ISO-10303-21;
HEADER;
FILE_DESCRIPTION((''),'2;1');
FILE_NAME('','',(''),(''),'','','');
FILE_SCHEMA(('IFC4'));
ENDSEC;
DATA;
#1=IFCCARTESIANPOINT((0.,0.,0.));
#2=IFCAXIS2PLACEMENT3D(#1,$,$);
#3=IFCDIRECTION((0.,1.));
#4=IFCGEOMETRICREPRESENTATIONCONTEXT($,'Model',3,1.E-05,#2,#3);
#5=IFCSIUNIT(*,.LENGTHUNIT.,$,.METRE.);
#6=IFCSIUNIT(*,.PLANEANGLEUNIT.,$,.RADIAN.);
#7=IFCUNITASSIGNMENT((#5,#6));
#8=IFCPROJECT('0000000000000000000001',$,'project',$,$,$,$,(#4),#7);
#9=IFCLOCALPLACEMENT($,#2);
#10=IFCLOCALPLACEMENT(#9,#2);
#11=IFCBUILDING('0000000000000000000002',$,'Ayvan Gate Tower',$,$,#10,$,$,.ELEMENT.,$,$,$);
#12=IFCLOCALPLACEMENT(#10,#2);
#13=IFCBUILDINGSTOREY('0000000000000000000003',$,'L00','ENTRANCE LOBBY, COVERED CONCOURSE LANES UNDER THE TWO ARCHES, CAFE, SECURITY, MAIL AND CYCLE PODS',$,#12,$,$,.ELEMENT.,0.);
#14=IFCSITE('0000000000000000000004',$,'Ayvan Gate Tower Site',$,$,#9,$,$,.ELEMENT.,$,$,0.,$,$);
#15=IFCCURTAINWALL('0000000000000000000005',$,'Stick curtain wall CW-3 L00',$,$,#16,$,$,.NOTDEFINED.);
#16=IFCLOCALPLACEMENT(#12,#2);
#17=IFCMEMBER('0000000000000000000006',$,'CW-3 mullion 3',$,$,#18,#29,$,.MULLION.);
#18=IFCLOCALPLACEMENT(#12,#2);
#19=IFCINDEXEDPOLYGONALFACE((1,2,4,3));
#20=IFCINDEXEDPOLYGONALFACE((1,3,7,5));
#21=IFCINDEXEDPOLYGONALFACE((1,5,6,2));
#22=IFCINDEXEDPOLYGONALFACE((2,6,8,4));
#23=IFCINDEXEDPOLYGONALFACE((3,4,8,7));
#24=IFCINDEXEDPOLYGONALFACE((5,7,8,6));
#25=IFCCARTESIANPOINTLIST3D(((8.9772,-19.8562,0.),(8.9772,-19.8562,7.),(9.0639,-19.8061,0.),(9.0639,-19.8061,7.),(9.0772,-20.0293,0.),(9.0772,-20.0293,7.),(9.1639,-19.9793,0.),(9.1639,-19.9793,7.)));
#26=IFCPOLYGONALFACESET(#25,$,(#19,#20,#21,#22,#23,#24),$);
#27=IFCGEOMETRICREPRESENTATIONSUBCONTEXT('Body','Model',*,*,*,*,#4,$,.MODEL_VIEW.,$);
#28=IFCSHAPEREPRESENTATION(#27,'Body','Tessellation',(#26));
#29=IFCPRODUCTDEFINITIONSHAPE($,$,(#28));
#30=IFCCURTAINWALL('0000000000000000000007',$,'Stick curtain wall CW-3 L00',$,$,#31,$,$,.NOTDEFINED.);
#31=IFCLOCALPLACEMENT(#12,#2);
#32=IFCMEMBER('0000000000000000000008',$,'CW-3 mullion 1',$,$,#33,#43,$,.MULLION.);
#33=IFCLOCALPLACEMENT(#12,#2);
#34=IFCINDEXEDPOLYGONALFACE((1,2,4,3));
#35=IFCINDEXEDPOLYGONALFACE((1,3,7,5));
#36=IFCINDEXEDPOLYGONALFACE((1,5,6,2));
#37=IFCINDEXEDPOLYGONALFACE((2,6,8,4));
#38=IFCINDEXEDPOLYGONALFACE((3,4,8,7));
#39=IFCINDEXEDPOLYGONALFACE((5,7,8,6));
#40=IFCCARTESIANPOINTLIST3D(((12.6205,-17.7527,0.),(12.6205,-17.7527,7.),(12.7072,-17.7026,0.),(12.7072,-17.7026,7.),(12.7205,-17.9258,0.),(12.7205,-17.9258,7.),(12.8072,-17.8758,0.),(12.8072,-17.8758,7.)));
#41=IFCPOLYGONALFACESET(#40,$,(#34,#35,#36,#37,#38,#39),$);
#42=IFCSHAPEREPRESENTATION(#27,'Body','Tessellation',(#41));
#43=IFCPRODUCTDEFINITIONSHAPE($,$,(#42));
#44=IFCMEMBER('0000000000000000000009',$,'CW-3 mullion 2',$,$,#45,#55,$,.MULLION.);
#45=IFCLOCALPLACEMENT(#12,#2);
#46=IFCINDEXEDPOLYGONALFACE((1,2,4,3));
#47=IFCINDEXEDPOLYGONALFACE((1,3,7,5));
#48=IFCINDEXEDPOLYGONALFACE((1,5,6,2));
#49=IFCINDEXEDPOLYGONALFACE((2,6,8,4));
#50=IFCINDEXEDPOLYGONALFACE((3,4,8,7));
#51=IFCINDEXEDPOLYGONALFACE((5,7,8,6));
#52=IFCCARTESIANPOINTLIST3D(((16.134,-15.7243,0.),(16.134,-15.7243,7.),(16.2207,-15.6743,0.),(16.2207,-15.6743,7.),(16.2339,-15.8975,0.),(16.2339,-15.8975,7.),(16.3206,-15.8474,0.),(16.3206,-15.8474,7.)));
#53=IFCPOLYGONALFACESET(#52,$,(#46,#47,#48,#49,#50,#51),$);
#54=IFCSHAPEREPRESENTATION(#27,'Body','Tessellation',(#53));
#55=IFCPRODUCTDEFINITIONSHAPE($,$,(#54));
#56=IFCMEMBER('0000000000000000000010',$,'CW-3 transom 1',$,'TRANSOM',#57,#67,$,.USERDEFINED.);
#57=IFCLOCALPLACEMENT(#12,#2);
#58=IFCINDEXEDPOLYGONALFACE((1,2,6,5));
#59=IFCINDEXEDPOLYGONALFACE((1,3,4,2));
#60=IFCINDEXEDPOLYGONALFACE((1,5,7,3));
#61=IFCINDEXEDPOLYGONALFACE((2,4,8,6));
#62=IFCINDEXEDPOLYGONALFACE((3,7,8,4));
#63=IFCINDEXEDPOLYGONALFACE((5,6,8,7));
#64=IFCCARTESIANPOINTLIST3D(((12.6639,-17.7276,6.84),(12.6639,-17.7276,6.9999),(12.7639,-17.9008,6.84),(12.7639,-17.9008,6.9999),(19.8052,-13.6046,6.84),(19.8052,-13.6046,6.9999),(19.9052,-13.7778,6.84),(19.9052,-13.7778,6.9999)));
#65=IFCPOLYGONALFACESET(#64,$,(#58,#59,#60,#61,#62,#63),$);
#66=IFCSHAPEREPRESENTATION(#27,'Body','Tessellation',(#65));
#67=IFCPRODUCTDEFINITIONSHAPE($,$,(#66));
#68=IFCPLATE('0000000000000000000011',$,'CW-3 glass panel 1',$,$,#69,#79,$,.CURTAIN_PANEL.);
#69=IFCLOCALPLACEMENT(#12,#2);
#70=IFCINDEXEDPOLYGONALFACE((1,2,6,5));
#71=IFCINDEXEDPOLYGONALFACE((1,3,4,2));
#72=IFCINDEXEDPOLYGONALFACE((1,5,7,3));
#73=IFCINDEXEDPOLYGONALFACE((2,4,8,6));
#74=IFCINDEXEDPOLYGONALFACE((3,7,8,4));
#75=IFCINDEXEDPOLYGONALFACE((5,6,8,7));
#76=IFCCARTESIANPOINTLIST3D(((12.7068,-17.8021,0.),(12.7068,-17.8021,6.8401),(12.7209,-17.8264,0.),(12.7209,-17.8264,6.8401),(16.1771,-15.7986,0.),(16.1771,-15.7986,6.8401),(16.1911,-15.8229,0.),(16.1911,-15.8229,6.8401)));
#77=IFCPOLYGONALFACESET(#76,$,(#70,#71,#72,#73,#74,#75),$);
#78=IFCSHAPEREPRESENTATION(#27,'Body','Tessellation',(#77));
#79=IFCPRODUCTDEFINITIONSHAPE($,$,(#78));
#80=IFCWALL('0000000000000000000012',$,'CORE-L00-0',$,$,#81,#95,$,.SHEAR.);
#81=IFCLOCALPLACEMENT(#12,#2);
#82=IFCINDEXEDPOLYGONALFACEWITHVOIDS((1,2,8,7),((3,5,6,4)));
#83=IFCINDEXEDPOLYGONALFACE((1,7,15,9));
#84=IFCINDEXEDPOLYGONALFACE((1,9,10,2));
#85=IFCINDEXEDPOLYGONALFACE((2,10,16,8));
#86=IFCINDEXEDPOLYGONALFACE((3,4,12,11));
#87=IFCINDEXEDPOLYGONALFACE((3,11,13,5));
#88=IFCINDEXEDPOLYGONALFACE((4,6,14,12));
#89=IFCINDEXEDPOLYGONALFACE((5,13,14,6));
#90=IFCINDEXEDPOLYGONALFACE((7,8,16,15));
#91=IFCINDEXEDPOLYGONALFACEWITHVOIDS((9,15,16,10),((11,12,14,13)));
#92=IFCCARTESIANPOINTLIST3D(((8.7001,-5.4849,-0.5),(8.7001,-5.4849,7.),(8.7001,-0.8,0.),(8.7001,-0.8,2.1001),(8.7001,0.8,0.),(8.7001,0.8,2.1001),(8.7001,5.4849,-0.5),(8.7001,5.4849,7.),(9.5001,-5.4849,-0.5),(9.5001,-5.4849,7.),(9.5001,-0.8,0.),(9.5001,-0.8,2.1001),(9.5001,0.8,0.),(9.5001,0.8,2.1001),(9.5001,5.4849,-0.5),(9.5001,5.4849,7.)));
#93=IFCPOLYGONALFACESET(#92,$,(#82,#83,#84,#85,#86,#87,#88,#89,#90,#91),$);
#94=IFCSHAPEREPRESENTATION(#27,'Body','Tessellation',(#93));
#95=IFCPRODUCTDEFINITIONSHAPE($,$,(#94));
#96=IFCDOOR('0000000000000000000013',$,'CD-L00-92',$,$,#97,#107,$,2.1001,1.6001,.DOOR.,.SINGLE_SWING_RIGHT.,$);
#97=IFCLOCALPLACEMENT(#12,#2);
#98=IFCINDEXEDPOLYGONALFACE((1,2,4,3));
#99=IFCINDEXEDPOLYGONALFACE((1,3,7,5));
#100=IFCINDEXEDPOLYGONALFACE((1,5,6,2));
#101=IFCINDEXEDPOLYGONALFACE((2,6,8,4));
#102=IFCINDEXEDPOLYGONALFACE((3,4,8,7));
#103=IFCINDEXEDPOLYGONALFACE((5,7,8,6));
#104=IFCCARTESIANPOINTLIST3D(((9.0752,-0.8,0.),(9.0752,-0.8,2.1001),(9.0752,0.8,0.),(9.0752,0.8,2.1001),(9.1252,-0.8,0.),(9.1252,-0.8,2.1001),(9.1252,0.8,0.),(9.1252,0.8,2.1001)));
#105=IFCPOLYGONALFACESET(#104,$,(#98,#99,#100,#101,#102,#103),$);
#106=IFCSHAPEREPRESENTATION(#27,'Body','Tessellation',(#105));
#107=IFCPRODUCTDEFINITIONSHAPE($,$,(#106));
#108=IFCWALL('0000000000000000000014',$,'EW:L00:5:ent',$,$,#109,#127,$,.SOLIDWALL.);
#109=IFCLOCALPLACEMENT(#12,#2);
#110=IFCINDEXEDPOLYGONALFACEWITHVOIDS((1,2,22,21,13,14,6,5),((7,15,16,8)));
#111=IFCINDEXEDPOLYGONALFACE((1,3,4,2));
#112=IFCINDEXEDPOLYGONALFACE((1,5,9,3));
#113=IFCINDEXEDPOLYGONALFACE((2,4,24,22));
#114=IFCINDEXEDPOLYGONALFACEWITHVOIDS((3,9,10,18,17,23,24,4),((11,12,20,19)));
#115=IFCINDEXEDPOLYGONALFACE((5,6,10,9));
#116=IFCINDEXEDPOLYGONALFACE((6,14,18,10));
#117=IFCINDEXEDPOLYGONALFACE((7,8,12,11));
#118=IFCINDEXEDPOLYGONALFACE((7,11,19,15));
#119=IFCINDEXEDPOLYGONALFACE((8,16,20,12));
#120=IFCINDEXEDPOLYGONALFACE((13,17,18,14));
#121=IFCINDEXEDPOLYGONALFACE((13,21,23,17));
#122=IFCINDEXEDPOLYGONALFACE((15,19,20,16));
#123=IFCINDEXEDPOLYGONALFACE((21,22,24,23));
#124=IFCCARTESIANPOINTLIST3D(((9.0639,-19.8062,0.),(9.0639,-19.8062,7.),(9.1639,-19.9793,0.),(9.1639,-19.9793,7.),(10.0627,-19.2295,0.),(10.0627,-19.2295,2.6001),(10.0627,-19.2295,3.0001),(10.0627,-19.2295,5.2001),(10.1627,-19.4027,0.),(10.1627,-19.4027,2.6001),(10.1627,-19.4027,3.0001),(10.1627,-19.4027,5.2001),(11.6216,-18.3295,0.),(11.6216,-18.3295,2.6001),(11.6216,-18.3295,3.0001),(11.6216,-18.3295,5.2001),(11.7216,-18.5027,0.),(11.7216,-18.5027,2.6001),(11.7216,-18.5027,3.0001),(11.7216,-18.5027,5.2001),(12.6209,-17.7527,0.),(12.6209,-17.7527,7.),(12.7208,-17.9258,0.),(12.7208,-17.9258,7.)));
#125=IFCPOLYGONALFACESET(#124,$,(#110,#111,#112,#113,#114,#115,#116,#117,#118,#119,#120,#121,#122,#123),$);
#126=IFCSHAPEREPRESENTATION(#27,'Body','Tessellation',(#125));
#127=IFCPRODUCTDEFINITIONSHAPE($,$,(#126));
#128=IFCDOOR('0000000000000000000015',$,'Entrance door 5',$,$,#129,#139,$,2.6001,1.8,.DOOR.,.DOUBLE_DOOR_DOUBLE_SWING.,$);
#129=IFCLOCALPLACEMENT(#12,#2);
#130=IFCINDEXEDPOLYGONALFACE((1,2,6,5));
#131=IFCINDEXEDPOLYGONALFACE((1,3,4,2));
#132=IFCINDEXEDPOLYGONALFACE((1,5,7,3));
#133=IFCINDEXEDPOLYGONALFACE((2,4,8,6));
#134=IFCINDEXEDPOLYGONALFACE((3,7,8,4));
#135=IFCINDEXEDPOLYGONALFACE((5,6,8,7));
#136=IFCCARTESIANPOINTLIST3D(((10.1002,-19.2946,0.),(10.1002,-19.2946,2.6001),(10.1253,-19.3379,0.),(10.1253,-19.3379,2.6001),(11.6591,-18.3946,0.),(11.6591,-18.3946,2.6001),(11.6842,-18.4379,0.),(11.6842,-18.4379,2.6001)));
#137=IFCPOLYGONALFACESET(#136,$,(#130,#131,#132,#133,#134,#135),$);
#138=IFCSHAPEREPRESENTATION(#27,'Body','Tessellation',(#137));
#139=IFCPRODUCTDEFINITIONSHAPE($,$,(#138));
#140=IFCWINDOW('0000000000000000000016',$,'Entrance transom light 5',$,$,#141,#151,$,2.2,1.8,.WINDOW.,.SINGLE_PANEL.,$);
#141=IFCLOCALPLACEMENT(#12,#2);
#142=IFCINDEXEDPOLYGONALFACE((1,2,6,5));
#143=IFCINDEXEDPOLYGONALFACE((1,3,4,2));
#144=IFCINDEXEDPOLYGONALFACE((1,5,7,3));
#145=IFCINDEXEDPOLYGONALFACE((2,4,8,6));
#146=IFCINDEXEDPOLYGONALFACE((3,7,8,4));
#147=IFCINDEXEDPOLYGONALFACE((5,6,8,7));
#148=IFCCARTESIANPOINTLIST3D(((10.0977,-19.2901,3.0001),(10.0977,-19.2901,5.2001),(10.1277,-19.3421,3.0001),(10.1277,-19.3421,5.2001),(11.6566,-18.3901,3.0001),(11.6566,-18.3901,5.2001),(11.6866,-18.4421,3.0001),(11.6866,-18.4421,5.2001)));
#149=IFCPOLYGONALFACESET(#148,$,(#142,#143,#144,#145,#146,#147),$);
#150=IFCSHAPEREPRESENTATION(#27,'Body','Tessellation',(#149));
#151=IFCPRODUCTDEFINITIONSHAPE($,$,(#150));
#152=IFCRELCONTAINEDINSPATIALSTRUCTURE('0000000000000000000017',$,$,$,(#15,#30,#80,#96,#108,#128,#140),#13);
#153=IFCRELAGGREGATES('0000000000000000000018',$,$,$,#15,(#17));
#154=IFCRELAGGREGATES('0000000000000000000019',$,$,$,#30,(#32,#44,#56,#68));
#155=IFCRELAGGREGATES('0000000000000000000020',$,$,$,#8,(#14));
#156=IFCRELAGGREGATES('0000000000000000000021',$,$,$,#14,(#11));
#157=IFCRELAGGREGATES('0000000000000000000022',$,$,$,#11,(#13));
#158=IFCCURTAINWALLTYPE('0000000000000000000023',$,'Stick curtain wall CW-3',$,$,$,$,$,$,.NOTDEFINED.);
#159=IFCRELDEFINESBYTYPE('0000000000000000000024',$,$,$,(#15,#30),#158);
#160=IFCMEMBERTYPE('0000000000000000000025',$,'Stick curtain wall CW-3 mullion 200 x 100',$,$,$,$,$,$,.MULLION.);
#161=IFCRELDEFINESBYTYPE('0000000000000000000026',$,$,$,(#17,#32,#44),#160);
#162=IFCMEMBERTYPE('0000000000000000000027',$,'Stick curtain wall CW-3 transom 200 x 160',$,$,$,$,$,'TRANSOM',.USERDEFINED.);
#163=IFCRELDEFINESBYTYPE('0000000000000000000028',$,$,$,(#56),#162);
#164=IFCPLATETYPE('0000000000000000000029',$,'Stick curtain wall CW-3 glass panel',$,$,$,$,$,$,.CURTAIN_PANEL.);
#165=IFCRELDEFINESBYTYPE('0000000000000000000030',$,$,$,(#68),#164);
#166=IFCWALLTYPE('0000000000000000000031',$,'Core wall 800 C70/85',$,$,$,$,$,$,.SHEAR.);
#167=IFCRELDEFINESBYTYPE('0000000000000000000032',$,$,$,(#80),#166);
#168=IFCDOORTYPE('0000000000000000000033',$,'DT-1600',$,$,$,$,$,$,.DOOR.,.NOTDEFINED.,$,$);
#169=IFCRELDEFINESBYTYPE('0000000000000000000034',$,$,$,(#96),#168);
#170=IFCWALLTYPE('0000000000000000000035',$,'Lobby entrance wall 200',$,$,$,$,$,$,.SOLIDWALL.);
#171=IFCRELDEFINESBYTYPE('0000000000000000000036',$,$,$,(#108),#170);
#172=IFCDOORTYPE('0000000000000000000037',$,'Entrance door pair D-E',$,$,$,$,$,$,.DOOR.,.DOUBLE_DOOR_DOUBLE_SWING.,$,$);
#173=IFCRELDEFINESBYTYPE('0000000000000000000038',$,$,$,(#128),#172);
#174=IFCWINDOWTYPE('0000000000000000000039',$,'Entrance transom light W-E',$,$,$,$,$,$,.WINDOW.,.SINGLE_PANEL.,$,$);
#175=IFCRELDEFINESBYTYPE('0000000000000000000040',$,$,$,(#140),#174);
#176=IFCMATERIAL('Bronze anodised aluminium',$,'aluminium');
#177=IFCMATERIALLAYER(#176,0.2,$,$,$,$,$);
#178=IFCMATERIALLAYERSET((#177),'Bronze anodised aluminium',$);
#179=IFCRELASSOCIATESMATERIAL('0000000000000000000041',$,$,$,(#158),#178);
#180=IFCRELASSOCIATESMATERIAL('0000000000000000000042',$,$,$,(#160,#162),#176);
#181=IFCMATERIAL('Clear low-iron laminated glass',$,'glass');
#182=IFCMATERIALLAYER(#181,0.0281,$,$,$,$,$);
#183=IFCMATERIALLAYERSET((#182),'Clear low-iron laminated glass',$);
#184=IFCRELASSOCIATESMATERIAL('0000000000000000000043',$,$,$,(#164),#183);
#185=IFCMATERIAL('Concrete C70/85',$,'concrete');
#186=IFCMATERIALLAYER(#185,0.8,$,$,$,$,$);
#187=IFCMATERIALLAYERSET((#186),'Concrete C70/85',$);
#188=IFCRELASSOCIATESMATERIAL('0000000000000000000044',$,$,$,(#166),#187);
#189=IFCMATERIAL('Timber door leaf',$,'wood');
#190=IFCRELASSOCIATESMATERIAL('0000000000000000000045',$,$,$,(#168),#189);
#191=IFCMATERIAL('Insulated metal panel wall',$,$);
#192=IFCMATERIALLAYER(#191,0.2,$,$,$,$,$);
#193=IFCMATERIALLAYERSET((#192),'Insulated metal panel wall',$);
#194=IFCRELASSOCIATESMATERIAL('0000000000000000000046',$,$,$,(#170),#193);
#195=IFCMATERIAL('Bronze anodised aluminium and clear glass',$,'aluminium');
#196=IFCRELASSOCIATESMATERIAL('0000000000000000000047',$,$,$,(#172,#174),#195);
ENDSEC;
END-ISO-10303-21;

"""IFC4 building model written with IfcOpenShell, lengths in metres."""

from ifc_helpers import new_model, si_unit, direction, frame, frame_2d, origin, origin_2d, place, context, subcontext, project, spatial, rectangle, extrude, material, layer, layer_set, material_profile, profile_set, type_object, element, fill, aggregate, save


model = new_model("IFC4")

# Units and contexts
model_context = context("Model", 3, precision=1e-05, world=origin(), true_north=direction((0.0, 1.0)))
body_context = subcontext(model_context, "Body", "Model", "MODEL_VIEW")
ifc_project = project(units=[si_unit("LENGTHUNIT", "METRE"), si_unit("PLANEANGLEUNIT", "RADIAN")], contexts=[model_context])

# Site, building, storey
site_placement = place(None, origin())
site = spatial("IfcSite", under=ifc_project, at=site_placement, Name="Ayvan Gate Tower Site", CompositionType="ELEMENT", RefElevation=0.0)
building_placement = place(site_placement, origin())
building = spatial("IfcBuilding", under=site, at=building_placement, Name="Ayvan Gate Tower", CompositionType="ELEMENT")
storey_placement = place(building_placement, origin())
storey = spatial("IfcBuildingStorey", under=building, at=storey_placement, Name="L00", Description="ENTRANCE LOBBY, COVERED CONCOURSE LANES UNDER THE TWO ARCHES, CAFE, SECURITY, MAIL AND CYCLE PODS", CompositionType="ELEMENT", Elevation=0.0)

# Shared definitions
ifc_material_1 = material(Name="Concrete C70/85", Category="concrete")

# Curtain wall, member
ifc_material_2 = material(Name="Bronze anodised aluminium", Category="aluminium")
ifc_layer_1 = layer(ifc_material_2, 0.2)
ifc_layer_set_1 = layer_set([ifc_layer_1], Name="Bronze anodised aluminium")
curtain_wall_type = type_object("IfcCurtainWallType", Name="Stick curtain wall CW-3", PredefinedType="NOTDEFINED", material=ifc_layer_set_1)
curtain_wall_1_placement = place(storey_placement, origin())
curtain_wall_1 = element("IfcCurtainWall", 1, at=curtain_wall_1_placement, inside=storey, type_object=curtain_wall_type, Name="Stick curtain wall CW-3 L00", PredefinedType="NOTDEFINED")
ifc_material_profile_1 = material_profile(ifc_material_2, rectangle(XDim=0.2, YDim=0.1001, at=origin_2d()), Name="Stick curtain wall CW-3 mullion 200 x 100")
ifc_profile_set_1 = profile_set([ifc_material_profile_1], Name="Bronze anodised aluminium")
member_type_1 = type_object("IfcMemberType", Name="Stick curtain wall CW-3 mullion 200 x 100", PredefinedType="MULLION", material=ifc_profile_set_1)
member_1_placement = place(storey_placement, frame((9.0706, -19.9177, 0.0), z_axis=(0.0, 0.0, 1.0), x_axis=(0.5, -0.866025, 0.0)))
member_1 = element("IfcMember", 2, at=member_1_placement, type_object=member_type_1, Name="CW-3 mullion 3", PredefinedType="MULLION", context=body_context, shape_type="SweptSolid", body=[
    extrude(rectangle(XDim=0.2, YDim=0.1001, at=origin_2d()), origin(), (0.0, 0.0, 1.0), 7.0),
])
aggregate(curtain_wall_1, [member_1])

# Curtain wall, members, plate
curtain_wall_2_placement = place(storey_placement, origin())
curtain_wall_2 = element("IfcCurtainWall", 3, at=curtain_wall_2_placement, inside=storey, type_object=curtain_wall_type, Name="Stick curtain wall CW-3 L00", PredefinedType="NOTDEFINED")
member_2_placement = place(storey_placement, frame((12.7139, -17.8142, 0.0), z_axis=(0.0, 0.0, 1.0), x_axis=(0.5, -0.866025, 0.0)))
member_2 = element("IfcMember", 4, at=member_2_placement, type_object=member_type_1, Name="CW-3 mullion 1", PredefinedType="MULLION", context=body_context, shape_type="SweptSolid", body=[
    extrude(rectangle(XDim=0.2, YDim=0.1001, at=origin_2d()), origin(), (0.0, 0.0, 1.0), 7.0),
])
member_3_placement = place(storey_placement, frame((16.2273, -15.7859, 0.0), z_axis=(0.0, 0.0, 1.0), x_axis=(0.5, -0.866025, 0.0)))
member_3 = element("IfcMember", 5, at=member_3_placement, type_object=member_type_1, Name="CW-3 mullion 2", PredefinedType="MULLION", context=body_context, shape_type="SweptSolid", body=[
    extrude(rectangle(XDim=0.2, YDim=0.1001, at=origin_2d()), origin(), (0.0, 0.0, 1.0), 7.0),
])
ifc_material_profile_2 = material_profile(ifc_material_2, rectangle(XDim=0.2, YDim=0.1599, at=origin_2d()), Name="Stick curtain wall CW-3 transom 200 x 160")
ifc_profile_set_2 = profile_set([ifc_material_profile_2], Name="Bronze anodised aluminium")
member_type_2 = type_object("IfcMemberType", Name="Stick curtain wall CW-3 transom 200 x 160", ElementType="TRANSOM", PredefinedType="USERDEFINED", material=ifc_profile_set_2)
member_4_placement = place(storey_placement, frame((12.7139, -17.8142, 6.9199), z_axis=(0.866026, 0.499998, 0.0), x_axis=(-0.499998, 0.866026, 0.0)))
member_4 = element("IfcMember", 6, at=member_4_placement, type_object=member_type_2, Name="CW-3 transom 1", ObjectType="TRANSOM", PredefinedType="USERDEFINED", context=body_context, shape_type="SweptSolid", body=[
    extrude(rectangle(XDim=0.2, YDim=0.1599, at=origin_2d()), origin(), (0.0, 0.0, 1.0), 8.2461),
])
ifc_material_3 = material(Name="Clear low-iron laminated glass", Category="glass")
ifc_layer_2 = layer(ifc_material_3, 0.0281)
ifc_layer_set_2 = layer_set([ifc_layer_2], Name="Clear low-iron laminated glass")
plate_type = type_object("IfcPlateType", Name="Stick curtain wall CW-3 glass panel", PredefinedType="CURTAIN_PANEL", material=ifc_layer_set_2)
plate_placement = place(storey_placement, frame((14.449, -16.8125, 0.0), z_axis=(0.0, 0.0, 1.0), x_axis=(0.866025, 0.5, 0.0)))
plate = element("IfcPlate", 7, at=plate_placement, type_object=plate_type, Name="CW-3 glass panel 1", PredefinedType="CURTAIN_PANEL", context=body_context, shape_type="SweptSolid", body=[
    extrude(rectangle(XDim=4.0071, YDim=0.0281, at=origin_2d()), origin(), (0.0, 0.0, 1.0), 6.8401),
])
aggregate(curtain_wall_2, [member_2, member_3, member_4, plate])

# Wall, opening, door
ifc_layer_3 = layer(ifc_material_1, 0.8)
ifc_layer_set_3 = layer_set([ifc_layer_3], Name="Concrete C70/85")
wall_type_1 = type_object("IfcWallType", Name="Core wall 800 C70/85", PredefinedType="SHEAR", material=ifc_layer_set_3)
wall_1_placement = place(storey_placement, frame((9.1001, -5.4849, -0.5), z_axis=(0.0, 0.0, 1.0), x_axis=(0.0, 1.0, 0.0)))
wall_1 = element("IfcWall", 8, at=wall_1_placement, inside=storey, type_object=wall_type_1, Name="CORE-L00-0", PredefinedType="SHEAR", context=body_context, shape_type="SweptSolid", body=[
    extrude(rectangle(XDim=10.9697, YDim=0.8, at=frame_2d((5.4849, 0.0))), origin(), (0.0, 0.0, 1.0), 7.5),
])
opening_1_placement = place(wall_1_placement, frame((4.6848, 0.0, 0.5)))
opening_1 = element("IfcOpeningElement", 9, at=opening_1_placement, cuts=wall_1, PredefinedType="OPENING", context=body_context, shape_type="SweptSolid", body=[
    extrude(rectangle(XDim=1.6001, YDim=2.1001, at=frame_2d((0.8, 1.05))), frame((0.0, 0.4099, 0.0), z_axis=(0.0, -1.0, 0.0), x_axis=(1.0, 0.0, 0.0)), (0.0, 0.0, 1.0), 0.8201),
])
ifc_material_4 = material(Name="Timber door leaf", Category="wood")
door_type_1 = type_object("IfcDoorType", Name="DT-1600", OperationType="NOTDEFINED", PredefinedType="DOOR", material=ifc_material_4)
door_1_placement = place(opening_1_placement, origin())
door_1 = element("IfcDoor", 10, at=door_1_placement, inside=storey, type_object=door_type_1, Name="CD-L00-92", OperationType="SINGLE_SWING_RIGHT", OverallHeight=2.1001, OverallWidth=1.6001, PredefinedType="DOOR", context=body_context, shape_type="SweptSolid", body=[
    extrude(rectangle(XDim=1.6001, YDim=2.1001, at=frame_2d((0.8, 1.05))), frame((0.0, 0.0249, 0.0), z_axis=(0.0, -1.0, 0.0), x_axis=(1.0, 0.0, 0.0)), (0.0, 0.0, 1.0), 0.05),
])
fill(opening_1, door_1)

# Wall, openings, door, window
ifc_material_5 = material(Name="Insulated metal panel wall")
ifc_layer_4 = layer(ifc_material_5, 0.2)
ifc_layer_set_4 = layer_set([ifc_layer_4], Name="Insulated metal panel wall")
wall_type_2 = type_object("IfcWallType", Name="Lobby entrance wall 200", PredefinedType="SOLIDWALL", material=ifc_layer_set_4)
wall_2_placement = place(storey_placement, frame((9.1138, -19.8928, 0.0), z_axis=(0.0, 0.0, 1.0), x_axis=(0.866036, 0.499981, 0.0)))
wall_2 = element("IfcWall", 11, at=wall_2_placement, inside=storey, type_object=wall_type_2, Name="EW:L00:5:ent", PredefinedType="SOLIDWALL", context=body_context, shape_type="SweptSolid", body=[
    extrude(rectangle(XDim=4.1072, YDim=0.2, at=frame_2d((2.0537, 0.0))), origin(), (0.0, 0.0, 1.0), 7.0),
])
opening_2_placement = place(wall_2_placement, frame((1.1536, 0.0, 0.0)))
opening_2 = element("IfcOpeningElement", 12, at=opening_2_placement, cuts=wall_2, PredefinedType="OPENING", context=body_context, shape_type="SweptSolid", body=[
    extrude(rectangle(XDim=1.8, YDim=2.6001, at=frame_2d((0.8999, 1.3))), frame((0.0, 0.1099, 0.0), z_axis=(0.0, -1.0, 0.0), x_axis=(1.0, 0.0, 0.0)), (0.0, 0.0, 1.0), 0.22),
])
opening_3_placement = place(wall_2_placement, frame((1.1536, 0.0, 3.0)))
opening_3 = element("IfcOpeningElement", 13, at=opening_3_placement, cuts=wall_2, PredefinedType="OPENING", context=body_context, shape_type="SweptSolid", body=[
    extrude(rectangle(XDim=1.8, YDim=2.2, at=frame_2d((0.8999, 1.1001))), frame((0.0, 0.1099, 0.0), z_axis=(0.0, -1.0, 0.0), x_axis=(1.0, 0.0, 0.0)), (0.0, 0.0, 1.0), 0.22),
])
ifc_material_6 = material(Name="Bronze anodised aluminium and clear glass", Category="aluminium")
door_type_2 = type_object("IfcDoorType", Name="Entrance door pair D-E", OperationType="DOUBLE_DOOR_DOUBLE_SWING", PredefinedType="DOOR", material=ifc_material_6)
door_2_placement = place(opening_2_placement, origin())
door_2 = element("IfcDoor", 14, at=door_2_placement, inside=storey, type_object=door_type_2, Name="Entrance door 5", OperationType="DOUBLE_DOOR_DOUBLE_SWING", OverallHeight=2.6001, OverallWidth=1.8, PredefinedType="DOOR", context=body_context, shape_type="SweptSolid", body=[
    extrude(rectangle(XDim=1.8, YDim=2.6001, at=frame_2d((0.8999, 1.3))), frame((0.0, 0.0249, 0.0), z_axis=(0.0, -1.0, 0.0), x_axis=(1.0, 0.0, 0.0)), (0.0, 0.0, 1.0), 0.05),
])
fill(opening_2, door_2)
window_type = type_object("IfcWindowType", Name="Entrance transom light W-E", PartitioningType="SINGLE_PANEL", PredefinedType="WINDOW", material=ifc_material_6)
window_placement = place(opening_3_placement, origin())
window = element("IfcWindow", 15, at=window_placement, inside=storey, type_object=window_type, Name="Entrance transom light 5", OverallHeight=2.2, OverallWidth=1.8, PartitioningType="SINGLE_PANEL", PredefinedType="WINDOW", context=body_context, shape_type="SweptSolid", body=[
    extrude(rectangle(XDim=1.8, YDim=2.2, at=frame_2d((0.8999, 1.1001))), frame((0.0, 0.03, 0.0), z_axis=(0.0, -1.0, 0.0), x_axis=(1.0, 0.0, 0.0)), (0.0, 0.0, 1.0), 0.0601),
])
fill(opening_3, window)

save(model, "model.ifc")
